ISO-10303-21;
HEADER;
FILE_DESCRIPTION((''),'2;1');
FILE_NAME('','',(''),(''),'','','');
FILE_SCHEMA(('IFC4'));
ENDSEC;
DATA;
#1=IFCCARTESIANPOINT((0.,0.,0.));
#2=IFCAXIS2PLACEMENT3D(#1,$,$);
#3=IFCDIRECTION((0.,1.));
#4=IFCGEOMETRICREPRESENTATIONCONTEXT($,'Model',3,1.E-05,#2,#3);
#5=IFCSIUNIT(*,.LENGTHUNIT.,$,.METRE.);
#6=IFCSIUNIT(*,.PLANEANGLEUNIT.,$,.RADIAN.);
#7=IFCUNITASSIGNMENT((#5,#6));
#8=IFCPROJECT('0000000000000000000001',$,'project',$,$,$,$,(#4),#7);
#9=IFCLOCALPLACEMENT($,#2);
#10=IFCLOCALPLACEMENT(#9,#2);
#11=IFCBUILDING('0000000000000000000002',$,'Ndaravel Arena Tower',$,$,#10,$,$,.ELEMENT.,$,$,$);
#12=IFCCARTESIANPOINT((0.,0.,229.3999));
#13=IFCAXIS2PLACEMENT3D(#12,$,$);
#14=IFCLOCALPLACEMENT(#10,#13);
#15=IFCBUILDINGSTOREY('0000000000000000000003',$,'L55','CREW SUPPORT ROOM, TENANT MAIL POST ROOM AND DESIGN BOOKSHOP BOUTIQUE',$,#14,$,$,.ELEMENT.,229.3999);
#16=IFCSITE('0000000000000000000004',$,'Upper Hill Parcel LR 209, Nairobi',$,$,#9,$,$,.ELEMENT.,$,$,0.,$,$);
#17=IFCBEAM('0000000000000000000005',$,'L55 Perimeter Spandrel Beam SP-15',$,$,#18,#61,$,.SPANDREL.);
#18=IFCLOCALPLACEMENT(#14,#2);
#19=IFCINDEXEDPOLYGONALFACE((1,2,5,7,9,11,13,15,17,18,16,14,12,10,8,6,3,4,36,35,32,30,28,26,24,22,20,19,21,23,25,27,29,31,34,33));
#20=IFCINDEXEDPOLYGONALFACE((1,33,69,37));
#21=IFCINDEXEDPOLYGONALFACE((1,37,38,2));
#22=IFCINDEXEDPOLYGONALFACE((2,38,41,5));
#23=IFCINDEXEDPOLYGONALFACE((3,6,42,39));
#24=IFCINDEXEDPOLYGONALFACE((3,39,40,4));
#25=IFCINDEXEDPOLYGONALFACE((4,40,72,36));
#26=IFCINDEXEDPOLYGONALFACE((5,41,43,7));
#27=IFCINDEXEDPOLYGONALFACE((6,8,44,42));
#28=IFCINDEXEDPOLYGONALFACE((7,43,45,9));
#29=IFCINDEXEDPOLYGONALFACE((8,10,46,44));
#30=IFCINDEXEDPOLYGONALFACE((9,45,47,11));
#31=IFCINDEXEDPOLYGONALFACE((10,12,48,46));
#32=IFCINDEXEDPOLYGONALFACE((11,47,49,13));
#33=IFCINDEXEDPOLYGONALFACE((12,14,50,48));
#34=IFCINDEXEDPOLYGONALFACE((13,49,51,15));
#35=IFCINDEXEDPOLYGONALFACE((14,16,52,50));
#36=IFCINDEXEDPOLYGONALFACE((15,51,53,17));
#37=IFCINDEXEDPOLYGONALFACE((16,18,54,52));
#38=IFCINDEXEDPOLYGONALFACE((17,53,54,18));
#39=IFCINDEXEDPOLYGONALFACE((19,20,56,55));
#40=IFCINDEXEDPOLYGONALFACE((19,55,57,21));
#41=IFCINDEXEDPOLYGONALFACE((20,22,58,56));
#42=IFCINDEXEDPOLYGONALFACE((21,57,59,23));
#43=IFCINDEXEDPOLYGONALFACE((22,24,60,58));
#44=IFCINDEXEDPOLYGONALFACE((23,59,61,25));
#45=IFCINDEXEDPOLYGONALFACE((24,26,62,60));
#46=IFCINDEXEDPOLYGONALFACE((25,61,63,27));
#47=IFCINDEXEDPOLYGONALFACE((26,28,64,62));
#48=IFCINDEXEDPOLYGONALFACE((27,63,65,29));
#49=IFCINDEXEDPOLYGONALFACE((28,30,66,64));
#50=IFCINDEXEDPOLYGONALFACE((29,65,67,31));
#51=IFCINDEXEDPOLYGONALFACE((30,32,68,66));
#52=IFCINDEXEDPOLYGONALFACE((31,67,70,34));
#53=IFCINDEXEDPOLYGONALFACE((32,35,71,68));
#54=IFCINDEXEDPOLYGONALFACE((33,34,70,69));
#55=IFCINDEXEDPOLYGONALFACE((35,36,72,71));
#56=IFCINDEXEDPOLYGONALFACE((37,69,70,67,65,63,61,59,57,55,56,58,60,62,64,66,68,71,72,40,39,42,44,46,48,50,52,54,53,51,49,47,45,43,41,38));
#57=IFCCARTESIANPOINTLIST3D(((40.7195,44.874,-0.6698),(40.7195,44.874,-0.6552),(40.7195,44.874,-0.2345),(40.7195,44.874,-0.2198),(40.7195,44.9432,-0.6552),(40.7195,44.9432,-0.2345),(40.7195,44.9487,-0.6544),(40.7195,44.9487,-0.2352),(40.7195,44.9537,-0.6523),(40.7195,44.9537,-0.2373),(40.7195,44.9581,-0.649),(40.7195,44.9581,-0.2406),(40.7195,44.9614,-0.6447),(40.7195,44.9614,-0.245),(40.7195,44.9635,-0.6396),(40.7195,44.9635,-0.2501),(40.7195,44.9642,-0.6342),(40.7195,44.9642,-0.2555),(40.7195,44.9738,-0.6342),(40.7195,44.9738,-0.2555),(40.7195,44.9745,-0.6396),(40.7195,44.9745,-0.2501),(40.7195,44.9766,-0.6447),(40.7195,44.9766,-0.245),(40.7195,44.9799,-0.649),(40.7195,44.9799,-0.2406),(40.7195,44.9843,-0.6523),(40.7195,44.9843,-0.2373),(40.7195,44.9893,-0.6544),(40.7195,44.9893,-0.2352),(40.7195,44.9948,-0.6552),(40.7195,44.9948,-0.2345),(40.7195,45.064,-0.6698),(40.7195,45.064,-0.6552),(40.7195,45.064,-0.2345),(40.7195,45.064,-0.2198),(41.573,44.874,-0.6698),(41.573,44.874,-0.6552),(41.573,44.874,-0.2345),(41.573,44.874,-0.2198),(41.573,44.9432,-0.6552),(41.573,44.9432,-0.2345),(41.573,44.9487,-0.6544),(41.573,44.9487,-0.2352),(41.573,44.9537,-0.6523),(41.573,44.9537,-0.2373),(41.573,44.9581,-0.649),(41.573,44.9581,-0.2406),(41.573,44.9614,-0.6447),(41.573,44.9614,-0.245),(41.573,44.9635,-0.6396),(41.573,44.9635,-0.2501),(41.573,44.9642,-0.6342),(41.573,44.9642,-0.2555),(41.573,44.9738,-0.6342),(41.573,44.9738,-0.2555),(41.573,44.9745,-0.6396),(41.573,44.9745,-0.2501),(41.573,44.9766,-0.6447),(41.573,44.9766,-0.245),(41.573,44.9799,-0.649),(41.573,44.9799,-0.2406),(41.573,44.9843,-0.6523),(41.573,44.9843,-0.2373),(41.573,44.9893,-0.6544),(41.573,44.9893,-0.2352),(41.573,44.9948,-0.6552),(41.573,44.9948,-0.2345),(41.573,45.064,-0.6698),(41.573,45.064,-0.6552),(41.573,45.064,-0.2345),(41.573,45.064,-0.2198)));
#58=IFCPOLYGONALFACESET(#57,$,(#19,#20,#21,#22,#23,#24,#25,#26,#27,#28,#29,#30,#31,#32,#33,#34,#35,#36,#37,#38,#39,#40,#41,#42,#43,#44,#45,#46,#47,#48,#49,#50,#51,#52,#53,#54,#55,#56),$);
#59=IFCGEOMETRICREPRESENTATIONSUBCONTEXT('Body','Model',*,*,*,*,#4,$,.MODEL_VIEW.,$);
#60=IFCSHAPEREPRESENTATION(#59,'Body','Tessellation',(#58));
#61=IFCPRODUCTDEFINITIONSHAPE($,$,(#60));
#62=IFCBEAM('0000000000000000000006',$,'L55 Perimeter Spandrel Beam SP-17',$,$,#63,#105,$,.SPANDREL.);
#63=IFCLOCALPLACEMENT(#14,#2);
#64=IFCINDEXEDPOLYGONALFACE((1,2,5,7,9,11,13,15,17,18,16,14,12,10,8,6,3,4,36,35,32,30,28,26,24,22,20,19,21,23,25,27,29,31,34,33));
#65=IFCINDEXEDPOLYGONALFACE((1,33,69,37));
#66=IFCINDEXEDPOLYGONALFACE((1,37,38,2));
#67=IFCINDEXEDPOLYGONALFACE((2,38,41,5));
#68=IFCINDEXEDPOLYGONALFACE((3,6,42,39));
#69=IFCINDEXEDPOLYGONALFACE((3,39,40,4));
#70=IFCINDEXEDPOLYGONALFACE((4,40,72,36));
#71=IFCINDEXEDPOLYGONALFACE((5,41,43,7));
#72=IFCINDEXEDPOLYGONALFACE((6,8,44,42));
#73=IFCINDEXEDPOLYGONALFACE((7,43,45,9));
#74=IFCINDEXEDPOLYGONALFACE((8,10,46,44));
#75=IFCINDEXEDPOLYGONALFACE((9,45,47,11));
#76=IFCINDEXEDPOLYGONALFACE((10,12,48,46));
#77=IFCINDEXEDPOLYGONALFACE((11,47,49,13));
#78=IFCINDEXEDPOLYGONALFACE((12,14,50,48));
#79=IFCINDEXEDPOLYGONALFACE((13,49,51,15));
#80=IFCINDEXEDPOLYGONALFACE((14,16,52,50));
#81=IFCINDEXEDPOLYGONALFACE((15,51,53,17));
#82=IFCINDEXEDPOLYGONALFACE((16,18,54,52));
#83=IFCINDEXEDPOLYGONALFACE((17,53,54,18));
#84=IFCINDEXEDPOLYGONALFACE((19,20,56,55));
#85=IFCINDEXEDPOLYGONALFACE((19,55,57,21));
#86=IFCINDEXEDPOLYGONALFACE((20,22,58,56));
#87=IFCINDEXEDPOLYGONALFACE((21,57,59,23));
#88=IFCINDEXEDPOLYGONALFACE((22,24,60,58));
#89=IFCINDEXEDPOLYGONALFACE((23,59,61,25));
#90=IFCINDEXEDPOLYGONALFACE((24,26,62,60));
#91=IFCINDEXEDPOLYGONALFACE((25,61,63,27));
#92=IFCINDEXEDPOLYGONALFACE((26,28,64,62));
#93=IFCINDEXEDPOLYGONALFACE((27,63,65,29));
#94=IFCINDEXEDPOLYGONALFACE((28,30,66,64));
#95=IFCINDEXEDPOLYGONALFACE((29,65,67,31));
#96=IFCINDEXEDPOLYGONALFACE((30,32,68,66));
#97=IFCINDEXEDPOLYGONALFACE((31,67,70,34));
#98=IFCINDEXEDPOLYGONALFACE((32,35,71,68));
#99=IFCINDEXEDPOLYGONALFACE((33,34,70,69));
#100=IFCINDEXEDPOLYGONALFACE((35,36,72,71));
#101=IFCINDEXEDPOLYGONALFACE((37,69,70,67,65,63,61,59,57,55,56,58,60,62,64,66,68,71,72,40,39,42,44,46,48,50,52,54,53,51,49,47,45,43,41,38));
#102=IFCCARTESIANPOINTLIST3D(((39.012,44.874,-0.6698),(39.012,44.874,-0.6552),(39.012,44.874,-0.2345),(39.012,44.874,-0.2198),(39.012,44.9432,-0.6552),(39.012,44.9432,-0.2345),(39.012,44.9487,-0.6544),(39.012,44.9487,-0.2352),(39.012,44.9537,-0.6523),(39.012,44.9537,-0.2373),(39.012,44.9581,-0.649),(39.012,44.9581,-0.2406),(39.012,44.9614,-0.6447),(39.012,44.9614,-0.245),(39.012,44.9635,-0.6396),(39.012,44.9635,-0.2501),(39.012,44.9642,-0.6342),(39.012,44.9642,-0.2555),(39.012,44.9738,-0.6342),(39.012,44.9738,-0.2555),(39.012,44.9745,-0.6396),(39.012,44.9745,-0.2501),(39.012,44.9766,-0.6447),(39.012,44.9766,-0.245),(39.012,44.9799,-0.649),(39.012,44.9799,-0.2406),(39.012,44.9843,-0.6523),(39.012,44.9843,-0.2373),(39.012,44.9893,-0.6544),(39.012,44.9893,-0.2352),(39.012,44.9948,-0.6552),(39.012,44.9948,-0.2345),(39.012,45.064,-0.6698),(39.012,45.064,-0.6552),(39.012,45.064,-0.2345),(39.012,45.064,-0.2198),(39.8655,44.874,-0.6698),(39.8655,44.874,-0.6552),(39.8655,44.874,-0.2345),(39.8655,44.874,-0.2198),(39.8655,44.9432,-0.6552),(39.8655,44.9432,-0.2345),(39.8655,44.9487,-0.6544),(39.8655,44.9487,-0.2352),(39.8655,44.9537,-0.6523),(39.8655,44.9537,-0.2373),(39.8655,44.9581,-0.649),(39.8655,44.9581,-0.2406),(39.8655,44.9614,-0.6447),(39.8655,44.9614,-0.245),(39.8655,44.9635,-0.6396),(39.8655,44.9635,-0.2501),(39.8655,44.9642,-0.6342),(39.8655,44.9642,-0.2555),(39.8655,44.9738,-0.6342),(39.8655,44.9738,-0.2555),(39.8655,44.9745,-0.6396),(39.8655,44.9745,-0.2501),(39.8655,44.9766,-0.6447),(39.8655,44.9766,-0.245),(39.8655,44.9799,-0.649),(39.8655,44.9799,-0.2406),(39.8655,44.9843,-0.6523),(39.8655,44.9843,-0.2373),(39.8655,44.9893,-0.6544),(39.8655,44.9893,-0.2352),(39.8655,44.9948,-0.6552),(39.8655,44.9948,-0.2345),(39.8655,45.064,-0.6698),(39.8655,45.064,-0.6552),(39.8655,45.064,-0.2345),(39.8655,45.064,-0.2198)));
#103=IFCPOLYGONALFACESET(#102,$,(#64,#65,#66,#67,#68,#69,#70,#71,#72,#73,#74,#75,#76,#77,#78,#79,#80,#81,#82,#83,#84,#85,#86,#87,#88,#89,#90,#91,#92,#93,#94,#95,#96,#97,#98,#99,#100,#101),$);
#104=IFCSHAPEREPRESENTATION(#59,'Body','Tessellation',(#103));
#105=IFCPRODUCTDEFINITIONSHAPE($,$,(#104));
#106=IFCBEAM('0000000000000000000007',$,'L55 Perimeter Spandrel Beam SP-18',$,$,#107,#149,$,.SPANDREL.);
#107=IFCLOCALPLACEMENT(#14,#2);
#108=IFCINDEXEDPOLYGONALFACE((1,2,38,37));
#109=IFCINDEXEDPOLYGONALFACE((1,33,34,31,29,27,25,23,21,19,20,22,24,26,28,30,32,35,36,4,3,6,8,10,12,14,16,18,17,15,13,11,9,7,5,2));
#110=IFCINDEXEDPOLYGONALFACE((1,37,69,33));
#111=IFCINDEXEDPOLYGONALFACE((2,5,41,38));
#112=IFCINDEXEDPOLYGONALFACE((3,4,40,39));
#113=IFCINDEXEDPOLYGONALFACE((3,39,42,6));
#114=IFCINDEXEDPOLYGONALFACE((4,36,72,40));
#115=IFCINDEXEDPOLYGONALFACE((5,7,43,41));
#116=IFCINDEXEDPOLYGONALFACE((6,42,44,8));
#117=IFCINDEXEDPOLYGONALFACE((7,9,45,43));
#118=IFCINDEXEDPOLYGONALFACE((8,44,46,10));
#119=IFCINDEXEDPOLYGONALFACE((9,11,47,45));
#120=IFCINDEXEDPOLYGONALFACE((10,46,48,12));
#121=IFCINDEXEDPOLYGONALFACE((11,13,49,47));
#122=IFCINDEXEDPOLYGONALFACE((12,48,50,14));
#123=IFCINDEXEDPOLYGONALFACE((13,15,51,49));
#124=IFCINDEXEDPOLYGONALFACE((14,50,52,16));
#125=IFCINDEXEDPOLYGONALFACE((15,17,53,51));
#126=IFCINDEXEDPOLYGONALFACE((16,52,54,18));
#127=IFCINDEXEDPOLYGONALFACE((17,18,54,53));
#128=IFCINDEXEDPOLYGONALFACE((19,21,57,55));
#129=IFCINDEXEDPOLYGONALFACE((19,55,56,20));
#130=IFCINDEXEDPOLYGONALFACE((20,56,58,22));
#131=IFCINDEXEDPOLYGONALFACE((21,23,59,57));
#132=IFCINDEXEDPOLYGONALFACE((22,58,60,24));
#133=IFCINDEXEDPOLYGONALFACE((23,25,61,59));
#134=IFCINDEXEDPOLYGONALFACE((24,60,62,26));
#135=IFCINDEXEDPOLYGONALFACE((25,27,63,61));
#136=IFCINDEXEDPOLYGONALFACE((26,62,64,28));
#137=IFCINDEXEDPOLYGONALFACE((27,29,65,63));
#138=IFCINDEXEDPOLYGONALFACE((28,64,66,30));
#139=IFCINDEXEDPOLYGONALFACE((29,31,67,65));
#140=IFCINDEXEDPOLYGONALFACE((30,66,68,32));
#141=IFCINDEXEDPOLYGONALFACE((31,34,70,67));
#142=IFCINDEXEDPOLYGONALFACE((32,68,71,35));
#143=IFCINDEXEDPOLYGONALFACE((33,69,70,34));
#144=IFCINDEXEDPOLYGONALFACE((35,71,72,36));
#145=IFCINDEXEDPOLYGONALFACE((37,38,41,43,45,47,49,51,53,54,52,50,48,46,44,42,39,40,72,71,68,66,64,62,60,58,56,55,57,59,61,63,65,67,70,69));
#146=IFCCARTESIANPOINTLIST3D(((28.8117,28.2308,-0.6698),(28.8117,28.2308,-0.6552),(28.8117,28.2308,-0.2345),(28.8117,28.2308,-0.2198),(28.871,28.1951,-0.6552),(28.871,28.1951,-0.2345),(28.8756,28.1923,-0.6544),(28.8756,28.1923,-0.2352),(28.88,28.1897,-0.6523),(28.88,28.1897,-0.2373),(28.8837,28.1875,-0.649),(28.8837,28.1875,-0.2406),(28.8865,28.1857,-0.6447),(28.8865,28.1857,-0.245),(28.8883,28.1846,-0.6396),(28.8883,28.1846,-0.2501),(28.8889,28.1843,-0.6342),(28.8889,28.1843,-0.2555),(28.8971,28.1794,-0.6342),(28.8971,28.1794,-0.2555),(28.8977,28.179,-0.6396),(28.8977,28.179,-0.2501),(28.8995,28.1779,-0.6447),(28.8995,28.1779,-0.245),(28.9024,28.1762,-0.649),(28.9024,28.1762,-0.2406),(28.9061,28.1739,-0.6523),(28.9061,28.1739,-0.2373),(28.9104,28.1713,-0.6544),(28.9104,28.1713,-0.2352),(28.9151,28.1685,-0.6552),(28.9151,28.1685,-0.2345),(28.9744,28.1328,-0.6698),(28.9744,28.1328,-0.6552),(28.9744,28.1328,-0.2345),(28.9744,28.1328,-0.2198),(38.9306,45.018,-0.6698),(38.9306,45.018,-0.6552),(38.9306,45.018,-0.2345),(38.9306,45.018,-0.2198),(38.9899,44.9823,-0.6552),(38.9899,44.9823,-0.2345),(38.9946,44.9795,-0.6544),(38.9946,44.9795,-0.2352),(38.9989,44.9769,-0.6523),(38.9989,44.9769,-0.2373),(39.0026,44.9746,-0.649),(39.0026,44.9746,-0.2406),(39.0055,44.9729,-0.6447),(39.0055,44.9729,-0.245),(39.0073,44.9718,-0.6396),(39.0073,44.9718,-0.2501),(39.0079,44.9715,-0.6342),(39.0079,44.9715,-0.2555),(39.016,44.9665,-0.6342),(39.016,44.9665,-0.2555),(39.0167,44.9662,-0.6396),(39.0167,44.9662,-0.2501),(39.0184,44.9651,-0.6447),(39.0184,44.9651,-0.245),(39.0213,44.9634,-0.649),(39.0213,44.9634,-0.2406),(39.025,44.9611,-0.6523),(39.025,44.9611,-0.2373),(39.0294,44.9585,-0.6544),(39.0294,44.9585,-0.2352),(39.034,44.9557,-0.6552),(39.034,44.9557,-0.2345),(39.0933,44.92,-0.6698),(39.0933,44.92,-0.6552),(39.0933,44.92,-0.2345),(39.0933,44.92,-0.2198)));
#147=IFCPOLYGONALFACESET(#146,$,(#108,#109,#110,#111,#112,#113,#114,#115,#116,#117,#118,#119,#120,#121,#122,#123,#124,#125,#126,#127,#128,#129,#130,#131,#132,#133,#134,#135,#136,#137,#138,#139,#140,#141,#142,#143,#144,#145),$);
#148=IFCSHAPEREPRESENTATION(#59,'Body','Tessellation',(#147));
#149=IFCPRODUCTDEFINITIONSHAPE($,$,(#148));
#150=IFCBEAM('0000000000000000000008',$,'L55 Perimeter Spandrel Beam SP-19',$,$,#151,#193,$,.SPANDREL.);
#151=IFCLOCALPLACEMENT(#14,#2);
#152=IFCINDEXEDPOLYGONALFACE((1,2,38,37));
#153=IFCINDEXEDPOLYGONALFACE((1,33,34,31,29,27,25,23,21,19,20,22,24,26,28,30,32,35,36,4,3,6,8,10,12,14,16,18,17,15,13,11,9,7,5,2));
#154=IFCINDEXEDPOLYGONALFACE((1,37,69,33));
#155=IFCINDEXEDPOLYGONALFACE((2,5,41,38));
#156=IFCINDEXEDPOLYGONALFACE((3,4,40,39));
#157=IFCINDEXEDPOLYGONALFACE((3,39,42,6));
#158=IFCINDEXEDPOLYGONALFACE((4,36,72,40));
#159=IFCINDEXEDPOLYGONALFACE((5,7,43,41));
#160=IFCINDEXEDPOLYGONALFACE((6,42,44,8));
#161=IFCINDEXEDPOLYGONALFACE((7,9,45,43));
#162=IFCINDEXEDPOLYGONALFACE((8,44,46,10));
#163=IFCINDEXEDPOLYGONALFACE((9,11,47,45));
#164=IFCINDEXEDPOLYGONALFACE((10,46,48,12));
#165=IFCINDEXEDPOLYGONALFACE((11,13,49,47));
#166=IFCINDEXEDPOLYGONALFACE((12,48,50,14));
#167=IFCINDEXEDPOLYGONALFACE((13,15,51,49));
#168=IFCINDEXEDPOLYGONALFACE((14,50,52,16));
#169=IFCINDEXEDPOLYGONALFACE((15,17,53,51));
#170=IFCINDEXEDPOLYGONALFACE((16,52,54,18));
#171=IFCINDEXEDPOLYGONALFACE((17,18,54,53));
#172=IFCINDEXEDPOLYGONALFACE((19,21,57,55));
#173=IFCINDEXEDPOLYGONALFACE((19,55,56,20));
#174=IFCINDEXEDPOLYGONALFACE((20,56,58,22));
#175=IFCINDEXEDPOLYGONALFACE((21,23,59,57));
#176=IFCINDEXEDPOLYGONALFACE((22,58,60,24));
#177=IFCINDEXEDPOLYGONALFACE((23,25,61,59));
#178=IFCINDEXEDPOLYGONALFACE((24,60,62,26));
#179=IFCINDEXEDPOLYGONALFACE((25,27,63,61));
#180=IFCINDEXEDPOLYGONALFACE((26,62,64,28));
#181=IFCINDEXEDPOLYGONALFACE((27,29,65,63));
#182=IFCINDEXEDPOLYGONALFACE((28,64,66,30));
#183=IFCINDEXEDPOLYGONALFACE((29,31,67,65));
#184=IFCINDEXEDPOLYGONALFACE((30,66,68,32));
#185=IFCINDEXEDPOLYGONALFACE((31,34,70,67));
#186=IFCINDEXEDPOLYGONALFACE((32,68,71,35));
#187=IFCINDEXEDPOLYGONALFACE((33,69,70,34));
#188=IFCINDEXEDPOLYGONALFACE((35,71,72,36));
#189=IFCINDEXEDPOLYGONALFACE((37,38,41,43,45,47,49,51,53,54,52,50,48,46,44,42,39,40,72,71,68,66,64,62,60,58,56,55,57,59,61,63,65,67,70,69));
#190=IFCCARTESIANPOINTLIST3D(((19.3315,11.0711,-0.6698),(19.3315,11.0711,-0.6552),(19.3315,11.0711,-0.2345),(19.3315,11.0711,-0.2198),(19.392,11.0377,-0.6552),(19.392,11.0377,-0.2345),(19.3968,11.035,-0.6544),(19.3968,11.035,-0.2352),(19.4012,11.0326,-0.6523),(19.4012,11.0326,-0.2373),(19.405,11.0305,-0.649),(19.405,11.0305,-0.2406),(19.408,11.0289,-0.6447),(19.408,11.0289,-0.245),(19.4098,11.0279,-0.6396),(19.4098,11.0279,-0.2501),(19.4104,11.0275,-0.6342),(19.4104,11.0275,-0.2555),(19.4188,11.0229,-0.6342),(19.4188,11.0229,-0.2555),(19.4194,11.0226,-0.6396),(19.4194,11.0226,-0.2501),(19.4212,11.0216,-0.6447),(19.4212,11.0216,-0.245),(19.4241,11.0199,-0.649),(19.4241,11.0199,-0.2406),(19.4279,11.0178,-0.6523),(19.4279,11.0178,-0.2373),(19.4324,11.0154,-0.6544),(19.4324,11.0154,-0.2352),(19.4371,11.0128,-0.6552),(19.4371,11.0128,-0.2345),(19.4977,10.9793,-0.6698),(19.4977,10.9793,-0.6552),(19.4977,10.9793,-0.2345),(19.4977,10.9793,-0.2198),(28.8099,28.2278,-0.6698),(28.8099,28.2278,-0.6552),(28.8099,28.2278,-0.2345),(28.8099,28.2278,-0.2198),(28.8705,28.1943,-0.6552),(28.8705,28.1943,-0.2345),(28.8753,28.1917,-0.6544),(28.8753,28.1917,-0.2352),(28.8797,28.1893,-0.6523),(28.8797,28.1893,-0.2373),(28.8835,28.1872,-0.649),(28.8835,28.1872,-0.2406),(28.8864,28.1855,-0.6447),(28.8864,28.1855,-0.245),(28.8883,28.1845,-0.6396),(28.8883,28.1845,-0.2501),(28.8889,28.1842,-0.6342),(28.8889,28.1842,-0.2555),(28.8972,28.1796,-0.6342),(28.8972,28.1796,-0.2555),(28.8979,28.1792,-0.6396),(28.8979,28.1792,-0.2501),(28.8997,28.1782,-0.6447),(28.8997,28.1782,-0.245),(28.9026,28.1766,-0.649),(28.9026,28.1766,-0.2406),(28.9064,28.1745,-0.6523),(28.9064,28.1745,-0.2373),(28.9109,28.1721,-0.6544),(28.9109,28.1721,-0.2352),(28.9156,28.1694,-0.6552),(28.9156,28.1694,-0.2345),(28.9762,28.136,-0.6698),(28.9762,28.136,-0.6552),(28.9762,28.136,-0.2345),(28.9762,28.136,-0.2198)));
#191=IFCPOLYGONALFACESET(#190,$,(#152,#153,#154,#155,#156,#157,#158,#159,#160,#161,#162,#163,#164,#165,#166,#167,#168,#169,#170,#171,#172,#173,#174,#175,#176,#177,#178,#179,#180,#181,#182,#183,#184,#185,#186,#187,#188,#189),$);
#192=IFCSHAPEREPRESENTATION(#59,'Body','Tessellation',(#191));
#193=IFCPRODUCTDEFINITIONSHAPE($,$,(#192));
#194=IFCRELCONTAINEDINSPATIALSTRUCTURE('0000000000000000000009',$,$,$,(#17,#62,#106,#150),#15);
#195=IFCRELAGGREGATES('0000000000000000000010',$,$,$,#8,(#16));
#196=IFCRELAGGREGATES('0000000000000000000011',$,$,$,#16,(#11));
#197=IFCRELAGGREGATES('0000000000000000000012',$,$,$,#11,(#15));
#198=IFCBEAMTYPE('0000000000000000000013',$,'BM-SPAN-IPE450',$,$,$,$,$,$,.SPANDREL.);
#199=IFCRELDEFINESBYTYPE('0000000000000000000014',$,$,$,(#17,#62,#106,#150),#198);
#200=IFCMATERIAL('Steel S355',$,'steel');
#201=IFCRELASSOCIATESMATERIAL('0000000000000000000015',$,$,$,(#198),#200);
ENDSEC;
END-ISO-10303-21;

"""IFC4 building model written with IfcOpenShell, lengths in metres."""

from ifc_helpers import new_model, si_unit, direction, frame, origin, origin_2d, place, context, subcontext, project, spatial, i_section, extrude, material, material_profile, profile_set, type_object, element, save


model = new_model("IFC4")

# Units and contexts
model_context = context("Model", 3, precision=1e-05, world=origin(), true_north=direction((0.0, 1.0)))
body_context = subcontext(model_context, "Body", "Model", "MODEL_VIEW")
ifc_project = project(units=[si_unit("LENGTHUNIT", "METRE"), si_unit("PLANEANGLEUNIT", "RADIAN")], contexts=[model_context])

# Site, building, storey
site_placement = place(None, origin())
site = spatial("IfcSite", under=ifc_project, at=site_placement, Name="Upper Hill Parcel LR 209, Nairobi", CompositionType="ELEMENT", RefElevation=0.0)
building_placement = place(site_placement, origin())
building = spatial("IfcBuilding", under=site, at=building_placement, Name="Ndaravel Arena Tower", CompositionType="ELEMENT")
storey_placement = place(building_placement, frame((0.0, 0.0, 229.3999)))
storey = spatial("IfcBuildingStorey", under=building, at=storey_placement, Name="L55", Description="CREW SUPPORT ROOM, TENANT MAIL POST ROOM AND DESIGN BOOKSHOP BOUTIQUE", CompositionType="ELEMENT", Elevation=229.3999)

# Beams
ifc_material_1 = material(Name="Steel S355", Category="steel")
ifc_material_profile_1 = material_profile(ifc_material_1, i_section(OverallWidth=0.1899, OverallDepth=0.45, WebThickness=0.0095, FlangeThickness=0.0146, FilletRadius=0.021, at=origin_2d()), Name="IPE 450")
ifc_profile_set_1 = profile_set([ifc_material_profile_1], Name="Steel S355")
beam_type_1 = type_object("IfcBeamType", Name="BM-SPAN-IPE450", PredefinedType="SPANDREL", material=ifc_profile_set_1)
for number, where, z_axis, x_axis, name in (
    (1, (41.573, 44.969, -0.4448), (-1.0, 0.0, 0.0), (0.0, -1.0, 0.0), "L55 Perimeter Spandrel Beam SP-15"),
    (2, (39.8655, 44.969, -0.4448), (-1.0, 0.0, 0.0), (0.0, -1.0, 0.0), "L55 Perimeter Spandrel Beam SP-17"),
):
    element("IfcBeam", number, at=place(storey_placement, frame(where, z_axis=z_axis, x_axis=x_axis)), inside=storey, type_object=beam_type_1, Name=name, PredefinedType="SPANDREL", context=body_context, shape_type="SweptSolid", body=[
        extrude(i_section(OverallWidth=0.1899, OverallDepth=0.45, WebThickness=0.0095, FlangeThickness=0.0146, FilletRadius=0.021, at=origin_2d()), origin(), (0.0, 0.0, 1.0), 0.8535),
    ])
beam_1_placement = place(storey_placement, frame((39.012, 44.969, -0.4448), z_axis=(-0.516244, -0.856442, 0.0), x_axis=(0.856442, -0.516244, 0.0)))
element("IfcBeam", 3, at=beam_1_placement, inside=storey, type_object=beam_type_1, Name="L55 Perimeter Spandrel Beam SP-18", PredefinedType="SPANDREL", context=body_context, shape_type="SweptSolid", body=[
    extrude(i_section(OverallWidth=0.1899, OverallDepth=0.45, WebThickness=0.0095, FlangeThickness=0.0146, FilletRadius=0.021, at=origin_2d()), origin(), (0.0, 0.0, 1.0), 19.6011),
])
beam_2_placement = place(storey_placement, frame((28.8931, 28.1819, -0.4448), z_axis=(-0.483575, -0.875303, 0.0), x_axis=(0.875303, -0.483575, 0.0)))
element("IfcBeam", 4, at=beam_2_placement, inside=storey, type_object=beam_type_1, Name="L55 Perimeter Spandrel Beam SP-19", PredefinedType="SPANDREL", context=body_context, shape_type="SweptSolid", body=[
    extrude(i_section(OverallWidth=0.1899, OverallDepth=0.45, WebThickness=0.0095, FlangeThickness=0.0146, FilletRadius=0.021, at=origin_2d()), origin(), (0.0, 0.0, 1.0), 19.6008),
])

save(model, "model.ifc")
